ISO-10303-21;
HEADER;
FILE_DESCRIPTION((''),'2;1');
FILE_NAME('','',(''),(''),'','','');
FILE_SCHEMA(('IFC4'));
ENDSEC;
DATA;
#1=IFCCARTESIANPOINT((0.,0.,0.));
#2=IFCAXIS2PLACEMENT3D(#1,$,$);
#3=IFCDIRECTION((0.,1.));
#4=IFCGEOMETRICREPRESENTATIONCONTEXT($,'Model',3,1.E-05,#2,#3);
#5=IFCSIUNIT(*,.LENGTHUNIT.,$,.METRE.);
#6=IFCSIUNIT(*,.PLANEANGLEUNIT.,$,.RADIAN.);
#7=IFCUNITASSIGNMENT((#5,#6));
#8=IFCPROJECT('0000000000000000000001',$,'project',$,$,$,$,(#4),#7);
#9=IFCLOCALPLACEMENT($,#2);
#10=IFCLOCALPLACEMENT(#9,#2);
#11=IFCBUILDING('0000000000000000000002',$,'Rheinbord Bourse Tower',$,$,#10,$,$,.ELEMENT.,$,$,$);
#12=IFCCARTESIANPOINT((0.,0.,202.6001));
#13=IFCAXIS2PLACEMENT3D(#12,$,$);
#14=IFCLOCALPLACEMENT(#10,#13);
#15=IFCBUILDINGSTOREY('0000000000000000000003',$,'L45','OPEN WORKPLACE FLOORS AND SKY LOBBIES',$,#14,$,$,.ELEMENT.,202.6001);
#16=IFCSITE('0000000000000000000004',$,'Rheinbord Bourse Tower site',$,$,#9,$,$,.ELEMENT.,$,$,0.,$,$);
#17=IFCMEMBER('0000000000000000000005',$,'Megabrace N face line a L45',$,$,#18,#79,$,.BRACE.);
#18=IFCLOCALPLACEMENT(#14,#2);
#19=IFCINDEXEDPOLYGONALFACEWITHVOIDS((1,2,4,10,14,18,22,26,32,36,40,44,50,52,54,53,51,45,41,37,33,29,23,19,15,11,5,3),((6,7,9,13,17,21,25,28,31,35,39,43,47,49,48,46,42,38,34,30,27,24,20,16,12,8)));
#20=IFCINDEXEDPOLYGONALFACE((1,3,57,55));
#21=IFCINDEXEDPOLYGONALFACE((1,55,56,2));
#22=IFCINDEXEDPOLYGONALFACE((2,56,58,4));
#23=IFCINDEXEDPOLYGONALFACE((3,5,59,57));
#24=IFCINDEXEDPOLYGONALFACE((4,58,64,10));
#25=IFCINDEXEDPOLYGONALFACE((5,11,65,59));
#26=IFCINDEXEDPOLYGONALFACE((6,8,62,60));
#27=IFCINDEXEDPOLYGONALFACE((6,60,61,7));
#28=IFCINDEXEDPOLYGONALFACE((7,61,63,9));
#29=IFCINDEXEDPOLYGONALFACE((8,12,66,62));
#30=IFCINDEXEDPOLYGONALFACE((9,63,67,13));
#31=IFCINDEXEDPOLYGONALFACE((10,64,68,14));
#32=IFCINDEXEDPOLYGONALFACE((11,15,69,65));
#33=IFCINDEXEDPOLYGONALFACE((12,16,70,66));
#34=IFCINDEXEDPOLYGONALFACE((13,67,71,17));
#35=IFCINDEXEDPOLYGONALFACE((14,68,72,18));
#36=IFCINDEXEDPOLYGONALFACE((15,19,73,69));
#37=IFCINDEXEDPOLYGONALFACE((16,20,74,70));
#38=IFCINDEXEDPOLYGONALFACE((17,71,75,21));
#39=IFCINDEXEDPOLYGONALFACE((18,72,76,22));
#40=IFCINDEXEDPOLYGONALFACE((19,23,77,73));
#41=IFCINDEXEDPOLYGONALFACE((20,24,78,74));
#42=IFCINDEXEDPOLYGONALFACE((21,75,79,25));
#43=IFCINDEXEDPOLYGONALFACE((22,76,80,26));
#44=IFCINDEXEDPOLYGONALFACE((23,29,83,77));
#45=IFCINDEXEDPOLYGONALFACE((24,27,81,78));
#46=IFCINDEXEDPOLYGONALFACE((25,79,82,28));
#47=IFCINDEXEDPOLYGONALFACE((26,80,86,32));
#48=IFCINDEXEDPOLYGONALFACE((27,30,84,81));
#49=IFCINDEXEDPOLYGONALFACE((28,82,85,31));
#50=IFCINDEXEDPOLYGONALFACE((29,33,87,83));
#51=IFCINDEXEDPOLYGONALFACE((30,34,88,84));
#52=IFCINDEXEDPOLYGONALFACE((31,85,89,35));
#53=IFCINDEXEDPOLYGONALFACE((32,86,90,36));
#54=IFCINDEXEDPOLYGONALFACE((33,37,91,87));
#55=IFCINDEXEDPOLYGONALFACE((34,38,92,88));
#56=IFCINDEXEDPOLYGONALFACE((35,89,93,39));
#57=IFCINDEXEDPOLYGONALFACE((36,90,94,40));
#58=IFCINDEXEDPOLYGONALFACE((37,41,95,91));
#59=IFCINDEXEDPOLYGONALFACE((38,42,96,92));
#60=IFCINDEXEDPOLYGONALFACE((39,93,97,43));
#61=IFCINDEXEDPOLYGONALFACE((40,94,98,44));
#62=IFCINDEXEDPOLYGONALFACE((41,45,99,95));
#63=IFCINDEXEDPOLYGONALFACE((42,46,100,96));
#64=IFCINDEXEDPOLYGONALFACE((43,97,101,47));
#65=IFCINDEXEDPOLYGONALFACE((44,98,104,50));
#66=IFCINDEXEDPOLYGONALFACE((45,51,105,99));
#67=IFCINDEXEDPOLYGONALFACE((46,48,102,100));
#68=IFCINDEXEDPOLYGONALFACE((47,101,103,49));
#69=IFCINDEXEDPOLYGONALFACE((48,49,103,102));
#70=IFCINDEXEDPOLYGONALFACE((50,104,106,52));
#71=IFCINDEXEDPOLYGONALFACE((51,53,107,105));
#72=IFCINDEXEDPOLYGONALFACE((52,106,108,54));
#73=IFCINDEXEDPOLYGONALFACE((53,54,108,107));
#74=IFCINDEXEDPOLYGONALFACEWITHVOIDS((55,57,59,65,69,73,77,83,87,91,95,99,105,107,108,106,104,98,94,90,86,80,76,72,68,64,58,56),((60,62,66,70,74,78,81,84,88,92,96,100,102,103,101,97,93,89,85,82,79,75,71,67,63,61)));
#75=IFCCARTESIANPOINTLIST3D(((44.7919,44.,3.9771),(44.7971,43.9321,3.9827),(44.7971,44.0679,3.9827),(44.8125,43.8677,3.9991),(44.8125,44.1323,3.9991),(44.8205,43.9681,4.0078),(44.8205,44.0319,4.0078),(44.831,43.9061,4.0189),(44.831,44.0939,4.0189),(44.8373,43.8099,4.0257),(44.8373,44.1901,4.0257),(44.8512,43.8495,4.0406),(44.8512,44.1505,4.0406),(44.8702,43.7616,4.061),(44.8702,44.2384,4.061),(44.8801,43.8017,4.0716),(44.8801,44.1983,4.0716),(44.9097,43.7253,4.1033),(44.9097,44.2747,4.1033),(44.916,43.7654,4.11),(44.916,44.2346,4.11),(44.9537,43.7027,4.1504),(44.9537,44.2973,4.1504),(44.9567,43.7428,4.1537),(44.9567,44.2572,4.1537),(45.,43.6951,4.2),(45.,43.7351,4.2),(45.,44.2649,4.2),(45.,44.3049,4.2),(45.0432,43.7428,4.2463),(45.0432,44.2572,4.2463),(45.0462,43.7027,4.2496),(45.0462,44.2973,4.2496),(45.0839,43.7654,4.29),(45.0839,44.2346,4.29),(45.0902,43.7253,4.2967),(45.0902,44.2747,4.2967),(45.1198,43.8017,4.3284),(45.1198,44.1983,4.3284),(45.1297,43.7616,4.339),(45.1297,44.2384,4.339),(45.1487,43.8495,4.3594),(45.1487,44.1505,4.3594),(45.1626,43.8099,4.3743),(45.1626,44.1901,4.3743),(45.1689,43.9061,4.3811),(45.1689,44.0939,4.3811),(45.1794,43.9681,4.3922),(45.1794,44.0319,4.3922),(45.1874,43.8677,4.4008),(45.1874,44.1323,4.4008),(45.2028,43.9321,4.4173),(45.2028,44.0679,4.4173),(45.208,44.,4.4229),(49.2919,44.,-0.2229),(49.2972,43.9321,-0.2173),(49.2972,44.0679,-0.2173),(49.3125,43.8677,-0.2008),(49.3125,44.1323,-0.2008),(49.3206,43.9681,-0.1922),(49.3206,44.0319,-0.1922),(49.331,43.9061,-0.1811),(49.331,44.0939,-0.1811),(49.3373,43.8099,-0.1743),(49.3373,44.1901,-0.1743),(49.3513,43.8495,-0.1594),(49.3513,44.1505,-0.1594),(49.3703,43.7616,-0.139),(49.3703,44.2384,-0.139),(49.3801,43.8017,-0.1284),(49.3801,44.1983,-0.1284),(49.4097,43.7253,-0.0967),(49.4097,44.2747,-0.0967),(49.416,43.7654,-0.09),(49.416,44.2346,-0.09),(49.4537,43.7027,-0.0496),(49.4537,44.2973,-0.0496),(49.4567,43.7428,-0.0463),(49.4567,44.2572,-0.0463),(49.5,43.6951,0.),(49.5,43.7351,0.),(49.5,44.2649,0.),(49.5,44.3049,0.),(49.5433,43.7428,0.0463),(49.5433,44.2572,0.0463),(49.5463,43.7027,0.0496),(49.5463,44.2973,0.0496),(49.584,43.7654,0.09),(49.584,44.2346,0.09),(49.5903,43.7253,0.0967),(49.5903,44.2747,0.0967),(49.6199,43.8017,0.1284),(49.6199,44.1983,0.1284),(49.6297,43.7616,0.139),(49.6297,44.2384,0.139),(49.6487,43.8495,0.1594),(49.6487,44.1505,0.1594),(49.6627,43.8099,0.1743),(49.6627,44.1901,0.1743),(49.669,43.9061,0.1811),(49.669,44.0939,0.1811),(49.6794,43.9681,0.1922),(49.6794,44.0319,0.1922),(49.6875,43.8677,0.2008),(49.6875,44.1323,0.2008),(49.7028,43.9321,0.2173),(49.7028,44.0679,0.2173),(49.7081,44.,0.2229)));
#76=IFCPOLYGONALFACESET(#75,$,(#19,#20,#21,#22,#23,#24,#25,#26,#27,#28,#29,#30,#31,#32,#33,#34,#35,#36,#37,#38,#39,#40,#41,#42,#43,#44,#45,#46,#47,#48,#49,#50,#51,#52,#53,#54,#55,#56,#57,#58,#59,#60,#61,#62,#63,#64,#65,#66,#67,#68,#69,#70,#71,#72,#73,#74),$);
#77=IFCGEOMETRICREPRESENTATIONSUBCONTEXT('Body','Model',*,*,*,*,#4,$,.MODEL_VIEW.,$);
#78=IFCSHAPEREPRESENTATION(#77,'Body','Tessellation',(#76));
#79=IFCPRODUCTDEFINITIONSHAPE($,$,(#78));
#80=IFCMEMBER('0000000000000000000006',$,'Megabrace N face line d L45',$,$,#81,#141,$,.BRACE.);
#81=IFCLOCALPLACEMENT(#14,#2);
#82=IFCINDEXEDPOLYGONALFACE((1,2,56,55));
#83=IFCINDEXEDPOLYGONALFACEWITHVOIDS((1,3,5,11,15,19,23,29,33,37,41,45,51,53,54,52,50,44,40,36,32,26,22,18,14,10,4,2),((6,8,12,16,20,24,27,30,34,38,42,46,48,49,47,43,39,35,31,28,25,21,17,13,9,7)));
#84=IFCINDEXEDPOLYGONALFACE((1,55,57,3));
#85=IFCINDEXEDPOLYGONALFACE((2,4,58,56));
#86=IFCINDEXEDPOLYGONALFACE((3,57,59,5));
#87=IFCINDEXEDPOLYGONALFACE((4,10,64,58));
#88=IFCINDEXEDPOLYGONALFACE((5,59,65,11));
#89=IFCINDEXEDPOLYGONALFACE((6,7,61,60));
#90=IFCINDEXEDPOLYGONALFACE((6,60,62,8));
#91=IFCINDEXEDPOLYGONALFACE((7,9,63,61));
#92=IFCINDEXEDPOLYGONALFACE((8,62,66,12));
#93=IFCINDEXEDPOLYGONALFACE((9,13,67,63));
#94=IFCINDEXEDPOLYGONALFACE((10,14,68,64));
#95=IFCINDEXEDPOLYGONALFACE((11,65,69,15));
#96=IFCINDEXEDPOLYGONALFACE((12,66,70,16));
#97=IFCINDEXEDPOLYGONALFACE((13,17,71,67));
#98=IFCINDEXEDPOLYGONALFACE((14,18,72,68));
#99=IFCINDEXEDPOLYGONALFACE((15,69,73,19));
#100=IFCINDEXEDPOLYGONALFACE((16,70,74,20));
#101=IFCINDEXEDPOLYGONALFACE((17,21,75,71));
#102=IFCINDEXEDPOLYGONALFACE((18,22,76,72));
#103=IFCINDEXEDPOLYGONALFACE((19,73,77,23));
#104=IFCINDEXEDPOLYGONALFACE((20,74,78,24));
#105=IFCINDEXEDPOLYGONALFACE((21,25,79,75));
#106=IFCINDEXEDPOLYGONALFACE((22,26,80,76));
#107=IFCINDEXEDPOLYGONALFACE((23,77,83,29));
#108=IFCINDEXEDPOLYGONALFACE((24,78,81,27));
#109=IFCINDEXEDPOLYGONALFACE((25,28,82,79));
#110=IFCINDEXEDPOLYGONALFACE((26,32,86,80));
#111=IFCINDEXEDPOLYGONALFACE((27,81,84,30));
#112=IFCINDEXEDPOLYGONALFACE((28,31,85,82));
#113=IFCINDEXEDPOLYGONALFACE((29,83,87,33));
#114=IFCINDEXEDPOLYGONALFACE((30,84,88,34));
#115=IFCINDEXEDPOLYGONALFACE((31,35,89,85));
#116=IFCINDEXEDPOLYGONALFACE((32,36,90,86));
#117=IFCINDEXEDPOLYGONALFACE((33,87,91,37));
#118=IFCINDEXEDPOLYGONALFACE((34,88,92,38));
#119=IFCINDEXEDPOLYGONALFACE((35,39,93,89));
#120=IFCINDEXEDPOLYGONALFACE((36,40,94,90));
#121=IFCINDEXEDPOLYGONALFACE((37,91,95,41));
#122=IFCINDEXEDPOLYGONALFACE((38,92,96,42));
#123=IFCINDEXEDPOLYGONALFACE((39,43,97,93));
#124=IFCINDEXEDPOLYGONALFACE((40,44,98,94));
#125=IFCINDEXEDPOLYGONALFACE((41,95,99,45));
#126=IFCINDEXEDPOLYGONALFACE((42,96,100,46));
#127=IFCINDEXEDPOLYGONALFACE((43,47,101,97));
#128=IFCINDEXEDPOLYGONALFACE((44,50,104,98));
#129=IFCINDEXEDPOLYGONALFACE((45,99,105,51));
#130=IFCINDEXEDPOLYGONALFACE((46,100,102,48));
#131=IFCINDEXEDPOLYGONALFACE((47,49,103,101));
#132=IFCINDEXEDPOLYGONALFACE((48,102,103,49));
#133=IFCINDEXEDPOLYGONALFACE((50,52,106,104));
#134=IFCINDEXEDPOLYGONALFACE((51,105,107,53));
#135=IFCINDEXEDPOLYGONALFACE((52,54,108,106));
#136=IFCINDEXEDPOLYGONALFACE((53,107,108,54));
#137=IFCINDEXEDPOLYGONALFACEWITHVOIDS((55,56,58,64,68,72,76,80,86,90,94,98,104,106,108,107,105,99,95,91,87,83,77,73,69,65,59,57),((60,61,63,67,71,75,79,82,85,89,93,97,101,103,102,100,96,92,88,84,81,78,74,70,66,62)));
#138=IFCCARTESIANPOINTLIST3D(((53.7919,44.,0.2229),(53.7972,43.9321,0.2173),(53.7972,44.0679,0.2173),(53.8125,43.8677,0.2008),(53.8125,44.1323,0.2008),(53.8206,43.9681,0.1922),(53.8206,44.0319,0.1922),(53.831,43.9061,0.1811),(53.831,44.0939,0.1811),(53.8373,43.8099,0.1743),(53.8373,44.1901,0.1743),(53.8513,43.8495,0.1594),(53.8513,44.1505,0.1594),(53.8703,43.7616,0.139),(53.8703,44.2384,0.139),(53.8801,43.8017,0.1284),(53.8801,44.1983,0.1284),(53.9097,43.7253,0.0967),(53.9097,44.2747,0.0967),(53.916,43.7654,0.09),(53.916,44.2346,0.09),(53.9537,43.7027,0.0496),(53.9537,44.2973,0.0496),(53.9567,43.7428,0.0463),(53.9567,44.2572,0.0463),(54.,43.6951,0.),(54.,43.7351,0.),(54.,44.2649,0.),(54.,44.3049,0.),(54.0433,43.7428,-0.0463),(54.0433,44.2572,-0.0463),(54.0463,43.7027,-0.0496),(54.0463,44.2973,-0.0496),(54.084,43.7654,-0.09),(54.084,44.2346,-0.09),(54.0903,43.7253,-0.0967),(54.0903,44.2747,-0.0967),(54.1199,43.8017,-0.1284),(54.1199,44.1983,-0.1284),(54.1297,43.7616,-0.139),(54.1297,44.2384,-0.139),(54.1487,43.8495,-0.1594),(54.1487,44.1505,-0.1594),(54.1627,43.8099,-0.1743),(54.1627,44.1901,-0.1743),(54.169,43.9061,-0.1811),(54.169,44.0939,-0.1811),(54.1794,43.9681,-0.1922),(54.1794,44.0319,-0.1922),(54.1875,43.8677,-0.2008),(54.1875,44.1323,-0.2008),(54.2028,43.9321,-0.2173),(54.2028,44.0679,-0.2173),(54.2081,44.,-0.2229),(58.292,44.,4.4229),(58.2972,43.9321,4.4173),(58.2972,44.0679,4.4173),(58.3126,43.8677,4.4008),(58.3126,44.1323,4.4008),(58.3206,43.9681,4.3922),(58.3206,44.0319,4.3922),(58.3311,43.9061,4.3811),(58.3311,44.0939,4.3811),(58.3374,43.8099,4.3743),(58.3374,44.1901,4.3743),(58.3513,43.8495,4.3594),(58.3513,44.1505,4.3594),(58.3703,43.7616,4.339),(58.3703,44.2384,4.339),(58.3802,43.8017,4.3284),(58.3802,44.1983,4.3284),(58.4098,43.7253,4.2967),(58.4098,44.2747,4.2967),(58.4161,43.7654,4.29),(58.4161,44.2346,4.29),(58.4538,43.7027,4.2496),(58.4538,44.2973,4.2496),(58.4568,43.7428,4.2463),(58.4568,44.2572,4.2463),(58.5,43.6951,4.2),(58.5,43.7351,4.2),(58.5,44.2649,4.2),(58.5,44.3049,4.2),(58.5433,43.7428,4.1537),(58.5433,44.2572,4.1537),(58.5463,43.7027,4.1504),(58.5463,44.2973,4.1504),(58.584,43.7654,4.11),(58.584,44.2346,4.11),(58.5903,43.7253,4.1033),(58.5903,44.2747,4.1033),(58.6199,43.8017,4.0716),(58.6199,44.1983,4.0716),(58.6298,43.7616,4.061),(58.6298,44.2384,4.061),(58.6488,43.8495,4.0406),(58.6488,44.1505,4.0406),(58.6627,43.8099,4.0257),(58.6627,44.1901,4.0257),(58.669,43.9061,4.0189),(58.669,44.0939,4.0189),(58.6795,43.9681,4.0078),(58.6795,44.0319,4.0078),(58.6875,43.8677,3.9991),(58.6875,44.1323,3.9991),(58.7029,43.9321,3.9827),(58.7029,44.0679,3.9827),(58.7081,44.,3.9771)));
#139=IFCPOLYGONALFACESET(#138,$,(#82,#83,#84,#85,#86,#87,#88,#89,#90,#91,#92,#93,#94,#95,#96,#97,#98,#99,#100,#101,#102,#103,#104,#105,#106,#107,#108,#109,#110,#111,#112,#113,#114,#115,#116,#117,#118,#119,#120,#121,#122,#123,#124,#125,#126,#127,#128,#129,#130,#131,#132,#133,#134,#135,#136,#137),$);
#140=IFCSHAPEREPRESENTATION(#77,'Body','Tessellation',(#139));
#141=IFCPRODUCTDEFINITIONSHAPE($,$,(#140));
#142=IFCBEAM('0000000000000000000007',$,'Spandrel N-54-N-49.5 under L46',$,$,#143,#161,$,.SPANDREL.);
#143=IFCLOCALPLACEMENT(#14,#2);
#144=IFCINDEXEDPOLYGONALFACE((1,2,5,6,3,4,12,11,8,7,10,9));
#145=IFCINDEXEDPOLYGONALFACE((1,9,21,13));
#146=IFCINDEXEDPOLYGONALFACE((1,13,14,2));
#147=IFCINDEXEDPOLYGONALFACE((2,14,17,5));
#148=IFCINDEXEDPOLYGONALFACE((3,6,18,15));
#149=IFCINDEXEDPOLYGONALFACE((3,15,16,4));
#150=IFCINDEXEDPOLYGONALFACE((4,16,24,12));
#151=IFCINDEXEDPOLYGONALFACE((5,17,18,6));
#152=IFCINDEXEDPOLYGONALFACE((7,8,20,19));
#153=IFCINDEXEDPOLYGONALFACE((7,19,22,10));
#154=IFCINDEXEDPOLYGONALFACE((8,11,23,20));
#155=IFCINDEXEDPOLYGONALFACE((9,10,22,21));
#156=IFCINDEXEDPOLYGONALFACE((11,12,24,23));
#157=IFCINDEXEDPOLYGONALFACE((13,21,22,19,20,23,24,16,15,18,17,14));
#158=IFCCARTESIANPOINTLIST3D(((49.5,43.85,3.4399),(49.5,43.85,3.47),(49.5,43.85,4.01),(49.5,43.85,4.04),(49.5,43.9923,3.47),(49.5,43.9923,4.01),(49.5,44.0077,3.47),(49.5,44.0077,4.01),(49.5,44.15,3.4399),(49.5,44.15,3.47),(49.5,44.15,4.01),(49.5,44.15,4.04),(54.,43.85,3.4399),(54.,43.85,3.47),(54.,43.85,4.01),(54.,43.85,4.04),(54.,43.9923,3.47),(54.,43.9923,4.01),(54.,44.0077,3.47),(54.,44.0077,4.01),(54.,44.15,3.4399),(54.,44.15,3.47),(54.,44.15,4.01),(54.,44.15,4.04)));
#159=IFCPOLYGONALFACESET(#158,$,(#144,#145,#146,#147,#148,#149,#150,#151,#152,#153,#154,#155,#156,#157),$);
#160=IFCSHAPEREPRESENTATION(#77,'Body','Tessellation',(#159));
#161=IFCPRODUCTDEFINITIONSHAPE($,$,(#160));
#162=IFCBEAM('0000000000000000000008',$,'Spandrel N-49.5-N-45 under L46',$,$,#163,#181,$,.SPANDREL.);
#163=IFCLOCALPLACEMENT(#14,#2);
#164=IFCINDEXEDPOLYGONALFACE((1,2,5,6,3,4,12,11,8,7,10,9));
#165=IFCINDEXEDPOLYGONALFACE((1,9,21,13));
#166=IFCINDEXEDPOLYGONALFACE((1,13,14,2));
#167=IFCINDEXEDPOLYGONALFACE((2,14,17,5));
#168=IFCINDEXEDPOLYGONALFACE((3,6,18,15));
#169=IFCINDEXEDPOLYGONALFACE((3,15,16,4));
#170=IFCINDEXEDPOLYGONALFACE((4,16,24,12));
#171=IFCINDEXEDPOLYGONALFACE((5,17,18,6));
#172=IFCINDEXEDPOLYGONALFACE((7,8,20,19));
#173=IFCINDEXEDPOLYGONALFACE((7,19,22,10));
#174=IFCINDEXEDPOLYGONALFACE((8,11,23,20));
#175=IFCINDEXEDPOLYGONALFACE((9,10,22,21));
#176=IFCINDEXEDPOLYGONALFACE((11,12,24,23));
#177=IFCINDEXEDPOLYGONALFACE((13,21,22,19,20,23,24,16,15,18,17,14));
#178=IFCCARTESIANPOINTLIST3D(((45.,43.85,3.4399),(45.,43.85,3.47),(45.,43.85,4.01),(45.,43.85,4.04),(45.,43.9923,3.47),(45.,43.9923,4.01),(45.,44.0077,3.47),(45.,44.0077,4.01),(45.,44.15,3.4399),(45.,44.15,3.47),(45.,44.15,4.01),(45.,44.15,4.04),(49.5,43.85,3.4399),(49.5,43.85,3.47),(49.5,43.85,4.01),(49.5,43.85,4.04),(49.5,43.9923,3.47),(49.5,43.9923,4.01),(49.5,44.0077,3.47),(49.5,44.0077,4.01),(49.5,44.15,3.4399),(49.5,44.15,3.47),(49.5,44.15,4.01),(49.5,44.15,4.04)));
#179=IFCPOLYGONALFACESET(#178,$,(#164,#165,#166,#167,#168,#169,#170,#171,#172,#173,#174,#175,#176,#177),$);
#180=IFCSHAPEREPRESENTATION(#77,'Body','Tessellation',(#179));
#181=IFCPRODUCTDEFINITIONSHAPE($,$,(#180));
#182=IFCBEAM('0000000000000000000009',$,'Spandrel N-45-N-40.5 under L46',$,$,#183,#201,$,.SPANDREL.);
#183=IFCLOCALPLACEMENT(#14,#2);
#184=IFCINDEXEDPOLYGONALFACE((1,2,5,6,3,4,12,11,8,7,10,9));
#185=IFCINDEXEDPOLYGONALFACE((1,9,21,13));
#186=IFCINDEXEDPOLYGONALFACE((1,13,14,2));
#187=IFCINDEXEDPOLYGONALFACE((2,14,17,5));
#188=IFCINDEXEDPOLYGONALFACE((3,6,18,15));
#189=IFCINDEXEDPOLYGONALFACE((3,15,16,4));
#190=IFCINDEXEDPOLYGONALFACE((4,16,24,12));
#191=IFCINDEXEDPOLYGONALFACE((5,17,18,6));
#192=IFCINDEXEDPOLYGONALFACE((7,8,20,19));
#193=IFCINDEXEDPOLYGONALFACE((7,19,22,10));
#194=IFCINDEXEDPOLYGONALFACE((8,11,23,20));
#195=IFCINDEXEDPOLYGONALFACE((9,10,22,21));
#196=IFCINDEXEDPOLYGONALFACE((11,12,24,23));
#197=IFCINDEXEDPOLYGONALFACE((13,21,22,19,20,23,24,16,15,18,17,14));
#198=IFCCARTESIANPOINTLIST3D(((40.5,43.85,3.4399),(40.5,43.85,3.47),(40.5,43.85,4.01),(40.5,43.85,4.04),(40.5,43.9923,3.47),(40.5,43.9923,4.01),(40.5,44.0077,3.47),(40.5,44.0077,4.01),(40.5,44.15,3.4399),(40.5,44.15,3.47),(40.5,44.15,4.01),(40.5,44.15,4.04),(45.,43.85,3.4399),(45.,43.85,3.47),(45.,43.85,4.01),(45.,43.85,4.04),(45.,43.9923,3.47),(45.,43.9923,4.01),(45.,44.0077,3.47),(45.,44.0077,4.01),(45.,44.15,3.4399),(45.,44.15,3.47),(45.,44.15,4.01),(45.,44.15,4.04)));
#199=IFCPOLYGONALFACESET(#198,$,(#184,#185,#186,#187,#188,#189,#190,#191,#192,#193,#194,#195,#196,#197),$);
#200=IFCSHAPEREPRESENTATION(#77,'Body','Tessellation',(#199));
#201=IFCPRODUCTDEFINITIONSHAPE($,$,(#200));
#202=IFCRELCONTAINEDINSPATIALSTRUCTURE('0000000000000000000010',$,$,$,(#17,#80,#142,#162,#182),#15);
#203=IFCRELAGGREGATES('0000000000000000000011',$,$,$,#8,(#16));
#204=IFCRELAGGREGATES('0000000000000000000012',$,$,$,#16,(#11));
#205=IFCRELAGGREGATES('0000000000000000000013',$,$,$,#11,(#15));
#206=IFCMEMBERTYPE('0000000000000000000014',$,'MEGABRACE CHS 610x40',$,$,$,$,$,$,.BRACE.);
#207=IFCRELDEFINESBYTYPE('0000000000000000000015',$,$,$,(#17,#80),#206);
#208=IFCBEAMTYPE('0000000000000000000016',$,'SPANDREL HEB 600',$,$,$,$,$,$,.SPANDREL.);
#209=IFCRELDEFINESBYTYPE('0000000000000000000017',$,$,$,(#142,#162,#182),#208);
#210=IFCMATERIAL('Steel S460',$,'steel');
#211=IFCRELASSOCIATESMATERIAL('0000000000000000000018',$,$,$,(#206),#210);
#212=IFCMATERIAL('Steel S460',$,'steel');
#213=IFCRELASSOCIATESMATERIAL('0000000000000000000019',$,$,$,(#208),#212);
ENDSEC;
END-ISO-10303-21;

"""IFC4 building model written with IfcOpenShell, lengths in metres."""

from ifc_helpers import new_model, si_unit, direction, frame, origin, origin_2d, place, context, subcontext, project, spatial, hollow_circle, i_section, extrude, material, material_profile, profile_set, type_object, element, save


model = new_model("IFC4")

# Units and contexts
model_context = context("Model", 3, precision=1e-05, world=origin(), true_north=direction((0.0, 1.0)))
body_context = subcontext(model_context, "Body", "Model", "MODEL_VIEW")
ifc_project = project(units=[si_unit("LENGTHUNIT", "METRE"), si_unit("PLANEANGLEUNIT", "RADIAN")], contexts=[model_context])

# Site, building, storey
site_placement = place(None, origin())
site = spatial("IfcSite", under=ifc_project, at=site_placement, Name="Rheinbord Bourse Tower site", CompositionType="ELEMENT", RefElevation=0.0)
building_placement = place(site_placement, origin())
building = spatial("IfcBuilding", under=site, at=building_placement, Name="Rheinbord Bourse Tower", CompositionType="ELEMENT")
storey_placement = place(building_placement, frame((0.0, 0.0, 202.6001)))
storey = spatial("IfcBuildingStorey", under=building, at=storey_placement, Name="L45", Description="OPEN WORKPLACE FLOORS AND SKY LOBBIES", CompositionType="ELEMENT", Elevation=202.6001)

# Members
ifc_material_1 = material(Name="Steel S460", Category="steel")
ifc_material_profile_1 = material_profile(ifc_material_1, hollow_circle(Radius=0.3049, WallThickness=0.04, at=origin_2d()), Name="CHS 610x40")
ifc_profile_set_1 = profile_set([ifc_material_profile_1], Name="Steel S460")
member_type_1 = type_object("IfcMemberType", Name="MEGABRACE CHS 610x40", PredefinedType="BRACE", material=ifc_profile_set_1)
for number, where, z_axis, x_axis, name in (
    (1, (49.5, 44.0, 0.0), (-0.731059, 0.0, 0.682314), (0.0, -1.0, 0.0), "Megabrace N face line a L45"),
    (2, (54.0, 44.0, 0.0), (0.731059, 0.0, 0.682314), (0.0, 1.0, 0.0), "Megabrace N face line d L45"),
):
    element("IfcMember", number, at=place(storey_placement, frame(where, z_axis=z_axis, x_axis=x_axis)), inside=storey, type_object=member_type_1, Name=name, PredefinedType="BRACE", context=body_context, shape_type="SweptSolid", body=[
        extrude(hollow_circle(Radius=0.3049, WallThickness=0.04, at=origin_2d()), origin(), (0.0, 0.0, 1.0), 6.1555),
    ])

# Beams
ifc_material_2 = material(Name="Steel S460", Category="steel")
ifc_material_profile_2 = material_profile(ifc_material_2, i_section(OverallWidth=0.3, OverallDepth=0.6001, WebThickness=0.0154, FlangeThickness=0.03, at=origin_2d()), Name="HEB 600")
ifc_profile_set_2 = profile_set([ifc_material_profile_2], Name="Steel S460")
beam_type_1 = type_object("IfcBeamType", Name="SPANDREL HEB 600", PredefinedType="SPANDREL", material=ifc_profile_set_2)
for number, where, z_axis, x_axis, name in (
    (3, (54.0, 44.0, 3.74), (-1.0, 0.0, 0.0), (0.0, -1.0, 0.0), "Spandrel N-54-N-49.5 under L46"),
    (4, (49.5, 44.0, 3.74), (-1.0, 0.0, 0.0), (0.0, -1.0, 0.0), "Spandrel N-49.5-N-45 under L46"),
    (5, (45.0, 44.0, 3.74), (-1.0, 0.0, 0.0), (0.0, -1.0, 0.0), "Spandrel N-45-N-40.5 under L46"),
):
    element("IfcBeam", number, at=place(storey_placement, frame(where, z_axis=z_axis, x_axis=x_axis)), inside=storey, type_object=beam_type_1, Name=name, PredefinedType="SPANDREL", context=body_context, shape_type="SweptSolid", body=[
        extrude(i_section(OverallWidth=0.3, OverallDepth=0.6001, WebThickness=0.0154, FlangeThickness=0.03, at=origin_2d()), origin(), (0.0, 0.0, 1.0), 4.5),
    ])

save(model, "model.ifc")
